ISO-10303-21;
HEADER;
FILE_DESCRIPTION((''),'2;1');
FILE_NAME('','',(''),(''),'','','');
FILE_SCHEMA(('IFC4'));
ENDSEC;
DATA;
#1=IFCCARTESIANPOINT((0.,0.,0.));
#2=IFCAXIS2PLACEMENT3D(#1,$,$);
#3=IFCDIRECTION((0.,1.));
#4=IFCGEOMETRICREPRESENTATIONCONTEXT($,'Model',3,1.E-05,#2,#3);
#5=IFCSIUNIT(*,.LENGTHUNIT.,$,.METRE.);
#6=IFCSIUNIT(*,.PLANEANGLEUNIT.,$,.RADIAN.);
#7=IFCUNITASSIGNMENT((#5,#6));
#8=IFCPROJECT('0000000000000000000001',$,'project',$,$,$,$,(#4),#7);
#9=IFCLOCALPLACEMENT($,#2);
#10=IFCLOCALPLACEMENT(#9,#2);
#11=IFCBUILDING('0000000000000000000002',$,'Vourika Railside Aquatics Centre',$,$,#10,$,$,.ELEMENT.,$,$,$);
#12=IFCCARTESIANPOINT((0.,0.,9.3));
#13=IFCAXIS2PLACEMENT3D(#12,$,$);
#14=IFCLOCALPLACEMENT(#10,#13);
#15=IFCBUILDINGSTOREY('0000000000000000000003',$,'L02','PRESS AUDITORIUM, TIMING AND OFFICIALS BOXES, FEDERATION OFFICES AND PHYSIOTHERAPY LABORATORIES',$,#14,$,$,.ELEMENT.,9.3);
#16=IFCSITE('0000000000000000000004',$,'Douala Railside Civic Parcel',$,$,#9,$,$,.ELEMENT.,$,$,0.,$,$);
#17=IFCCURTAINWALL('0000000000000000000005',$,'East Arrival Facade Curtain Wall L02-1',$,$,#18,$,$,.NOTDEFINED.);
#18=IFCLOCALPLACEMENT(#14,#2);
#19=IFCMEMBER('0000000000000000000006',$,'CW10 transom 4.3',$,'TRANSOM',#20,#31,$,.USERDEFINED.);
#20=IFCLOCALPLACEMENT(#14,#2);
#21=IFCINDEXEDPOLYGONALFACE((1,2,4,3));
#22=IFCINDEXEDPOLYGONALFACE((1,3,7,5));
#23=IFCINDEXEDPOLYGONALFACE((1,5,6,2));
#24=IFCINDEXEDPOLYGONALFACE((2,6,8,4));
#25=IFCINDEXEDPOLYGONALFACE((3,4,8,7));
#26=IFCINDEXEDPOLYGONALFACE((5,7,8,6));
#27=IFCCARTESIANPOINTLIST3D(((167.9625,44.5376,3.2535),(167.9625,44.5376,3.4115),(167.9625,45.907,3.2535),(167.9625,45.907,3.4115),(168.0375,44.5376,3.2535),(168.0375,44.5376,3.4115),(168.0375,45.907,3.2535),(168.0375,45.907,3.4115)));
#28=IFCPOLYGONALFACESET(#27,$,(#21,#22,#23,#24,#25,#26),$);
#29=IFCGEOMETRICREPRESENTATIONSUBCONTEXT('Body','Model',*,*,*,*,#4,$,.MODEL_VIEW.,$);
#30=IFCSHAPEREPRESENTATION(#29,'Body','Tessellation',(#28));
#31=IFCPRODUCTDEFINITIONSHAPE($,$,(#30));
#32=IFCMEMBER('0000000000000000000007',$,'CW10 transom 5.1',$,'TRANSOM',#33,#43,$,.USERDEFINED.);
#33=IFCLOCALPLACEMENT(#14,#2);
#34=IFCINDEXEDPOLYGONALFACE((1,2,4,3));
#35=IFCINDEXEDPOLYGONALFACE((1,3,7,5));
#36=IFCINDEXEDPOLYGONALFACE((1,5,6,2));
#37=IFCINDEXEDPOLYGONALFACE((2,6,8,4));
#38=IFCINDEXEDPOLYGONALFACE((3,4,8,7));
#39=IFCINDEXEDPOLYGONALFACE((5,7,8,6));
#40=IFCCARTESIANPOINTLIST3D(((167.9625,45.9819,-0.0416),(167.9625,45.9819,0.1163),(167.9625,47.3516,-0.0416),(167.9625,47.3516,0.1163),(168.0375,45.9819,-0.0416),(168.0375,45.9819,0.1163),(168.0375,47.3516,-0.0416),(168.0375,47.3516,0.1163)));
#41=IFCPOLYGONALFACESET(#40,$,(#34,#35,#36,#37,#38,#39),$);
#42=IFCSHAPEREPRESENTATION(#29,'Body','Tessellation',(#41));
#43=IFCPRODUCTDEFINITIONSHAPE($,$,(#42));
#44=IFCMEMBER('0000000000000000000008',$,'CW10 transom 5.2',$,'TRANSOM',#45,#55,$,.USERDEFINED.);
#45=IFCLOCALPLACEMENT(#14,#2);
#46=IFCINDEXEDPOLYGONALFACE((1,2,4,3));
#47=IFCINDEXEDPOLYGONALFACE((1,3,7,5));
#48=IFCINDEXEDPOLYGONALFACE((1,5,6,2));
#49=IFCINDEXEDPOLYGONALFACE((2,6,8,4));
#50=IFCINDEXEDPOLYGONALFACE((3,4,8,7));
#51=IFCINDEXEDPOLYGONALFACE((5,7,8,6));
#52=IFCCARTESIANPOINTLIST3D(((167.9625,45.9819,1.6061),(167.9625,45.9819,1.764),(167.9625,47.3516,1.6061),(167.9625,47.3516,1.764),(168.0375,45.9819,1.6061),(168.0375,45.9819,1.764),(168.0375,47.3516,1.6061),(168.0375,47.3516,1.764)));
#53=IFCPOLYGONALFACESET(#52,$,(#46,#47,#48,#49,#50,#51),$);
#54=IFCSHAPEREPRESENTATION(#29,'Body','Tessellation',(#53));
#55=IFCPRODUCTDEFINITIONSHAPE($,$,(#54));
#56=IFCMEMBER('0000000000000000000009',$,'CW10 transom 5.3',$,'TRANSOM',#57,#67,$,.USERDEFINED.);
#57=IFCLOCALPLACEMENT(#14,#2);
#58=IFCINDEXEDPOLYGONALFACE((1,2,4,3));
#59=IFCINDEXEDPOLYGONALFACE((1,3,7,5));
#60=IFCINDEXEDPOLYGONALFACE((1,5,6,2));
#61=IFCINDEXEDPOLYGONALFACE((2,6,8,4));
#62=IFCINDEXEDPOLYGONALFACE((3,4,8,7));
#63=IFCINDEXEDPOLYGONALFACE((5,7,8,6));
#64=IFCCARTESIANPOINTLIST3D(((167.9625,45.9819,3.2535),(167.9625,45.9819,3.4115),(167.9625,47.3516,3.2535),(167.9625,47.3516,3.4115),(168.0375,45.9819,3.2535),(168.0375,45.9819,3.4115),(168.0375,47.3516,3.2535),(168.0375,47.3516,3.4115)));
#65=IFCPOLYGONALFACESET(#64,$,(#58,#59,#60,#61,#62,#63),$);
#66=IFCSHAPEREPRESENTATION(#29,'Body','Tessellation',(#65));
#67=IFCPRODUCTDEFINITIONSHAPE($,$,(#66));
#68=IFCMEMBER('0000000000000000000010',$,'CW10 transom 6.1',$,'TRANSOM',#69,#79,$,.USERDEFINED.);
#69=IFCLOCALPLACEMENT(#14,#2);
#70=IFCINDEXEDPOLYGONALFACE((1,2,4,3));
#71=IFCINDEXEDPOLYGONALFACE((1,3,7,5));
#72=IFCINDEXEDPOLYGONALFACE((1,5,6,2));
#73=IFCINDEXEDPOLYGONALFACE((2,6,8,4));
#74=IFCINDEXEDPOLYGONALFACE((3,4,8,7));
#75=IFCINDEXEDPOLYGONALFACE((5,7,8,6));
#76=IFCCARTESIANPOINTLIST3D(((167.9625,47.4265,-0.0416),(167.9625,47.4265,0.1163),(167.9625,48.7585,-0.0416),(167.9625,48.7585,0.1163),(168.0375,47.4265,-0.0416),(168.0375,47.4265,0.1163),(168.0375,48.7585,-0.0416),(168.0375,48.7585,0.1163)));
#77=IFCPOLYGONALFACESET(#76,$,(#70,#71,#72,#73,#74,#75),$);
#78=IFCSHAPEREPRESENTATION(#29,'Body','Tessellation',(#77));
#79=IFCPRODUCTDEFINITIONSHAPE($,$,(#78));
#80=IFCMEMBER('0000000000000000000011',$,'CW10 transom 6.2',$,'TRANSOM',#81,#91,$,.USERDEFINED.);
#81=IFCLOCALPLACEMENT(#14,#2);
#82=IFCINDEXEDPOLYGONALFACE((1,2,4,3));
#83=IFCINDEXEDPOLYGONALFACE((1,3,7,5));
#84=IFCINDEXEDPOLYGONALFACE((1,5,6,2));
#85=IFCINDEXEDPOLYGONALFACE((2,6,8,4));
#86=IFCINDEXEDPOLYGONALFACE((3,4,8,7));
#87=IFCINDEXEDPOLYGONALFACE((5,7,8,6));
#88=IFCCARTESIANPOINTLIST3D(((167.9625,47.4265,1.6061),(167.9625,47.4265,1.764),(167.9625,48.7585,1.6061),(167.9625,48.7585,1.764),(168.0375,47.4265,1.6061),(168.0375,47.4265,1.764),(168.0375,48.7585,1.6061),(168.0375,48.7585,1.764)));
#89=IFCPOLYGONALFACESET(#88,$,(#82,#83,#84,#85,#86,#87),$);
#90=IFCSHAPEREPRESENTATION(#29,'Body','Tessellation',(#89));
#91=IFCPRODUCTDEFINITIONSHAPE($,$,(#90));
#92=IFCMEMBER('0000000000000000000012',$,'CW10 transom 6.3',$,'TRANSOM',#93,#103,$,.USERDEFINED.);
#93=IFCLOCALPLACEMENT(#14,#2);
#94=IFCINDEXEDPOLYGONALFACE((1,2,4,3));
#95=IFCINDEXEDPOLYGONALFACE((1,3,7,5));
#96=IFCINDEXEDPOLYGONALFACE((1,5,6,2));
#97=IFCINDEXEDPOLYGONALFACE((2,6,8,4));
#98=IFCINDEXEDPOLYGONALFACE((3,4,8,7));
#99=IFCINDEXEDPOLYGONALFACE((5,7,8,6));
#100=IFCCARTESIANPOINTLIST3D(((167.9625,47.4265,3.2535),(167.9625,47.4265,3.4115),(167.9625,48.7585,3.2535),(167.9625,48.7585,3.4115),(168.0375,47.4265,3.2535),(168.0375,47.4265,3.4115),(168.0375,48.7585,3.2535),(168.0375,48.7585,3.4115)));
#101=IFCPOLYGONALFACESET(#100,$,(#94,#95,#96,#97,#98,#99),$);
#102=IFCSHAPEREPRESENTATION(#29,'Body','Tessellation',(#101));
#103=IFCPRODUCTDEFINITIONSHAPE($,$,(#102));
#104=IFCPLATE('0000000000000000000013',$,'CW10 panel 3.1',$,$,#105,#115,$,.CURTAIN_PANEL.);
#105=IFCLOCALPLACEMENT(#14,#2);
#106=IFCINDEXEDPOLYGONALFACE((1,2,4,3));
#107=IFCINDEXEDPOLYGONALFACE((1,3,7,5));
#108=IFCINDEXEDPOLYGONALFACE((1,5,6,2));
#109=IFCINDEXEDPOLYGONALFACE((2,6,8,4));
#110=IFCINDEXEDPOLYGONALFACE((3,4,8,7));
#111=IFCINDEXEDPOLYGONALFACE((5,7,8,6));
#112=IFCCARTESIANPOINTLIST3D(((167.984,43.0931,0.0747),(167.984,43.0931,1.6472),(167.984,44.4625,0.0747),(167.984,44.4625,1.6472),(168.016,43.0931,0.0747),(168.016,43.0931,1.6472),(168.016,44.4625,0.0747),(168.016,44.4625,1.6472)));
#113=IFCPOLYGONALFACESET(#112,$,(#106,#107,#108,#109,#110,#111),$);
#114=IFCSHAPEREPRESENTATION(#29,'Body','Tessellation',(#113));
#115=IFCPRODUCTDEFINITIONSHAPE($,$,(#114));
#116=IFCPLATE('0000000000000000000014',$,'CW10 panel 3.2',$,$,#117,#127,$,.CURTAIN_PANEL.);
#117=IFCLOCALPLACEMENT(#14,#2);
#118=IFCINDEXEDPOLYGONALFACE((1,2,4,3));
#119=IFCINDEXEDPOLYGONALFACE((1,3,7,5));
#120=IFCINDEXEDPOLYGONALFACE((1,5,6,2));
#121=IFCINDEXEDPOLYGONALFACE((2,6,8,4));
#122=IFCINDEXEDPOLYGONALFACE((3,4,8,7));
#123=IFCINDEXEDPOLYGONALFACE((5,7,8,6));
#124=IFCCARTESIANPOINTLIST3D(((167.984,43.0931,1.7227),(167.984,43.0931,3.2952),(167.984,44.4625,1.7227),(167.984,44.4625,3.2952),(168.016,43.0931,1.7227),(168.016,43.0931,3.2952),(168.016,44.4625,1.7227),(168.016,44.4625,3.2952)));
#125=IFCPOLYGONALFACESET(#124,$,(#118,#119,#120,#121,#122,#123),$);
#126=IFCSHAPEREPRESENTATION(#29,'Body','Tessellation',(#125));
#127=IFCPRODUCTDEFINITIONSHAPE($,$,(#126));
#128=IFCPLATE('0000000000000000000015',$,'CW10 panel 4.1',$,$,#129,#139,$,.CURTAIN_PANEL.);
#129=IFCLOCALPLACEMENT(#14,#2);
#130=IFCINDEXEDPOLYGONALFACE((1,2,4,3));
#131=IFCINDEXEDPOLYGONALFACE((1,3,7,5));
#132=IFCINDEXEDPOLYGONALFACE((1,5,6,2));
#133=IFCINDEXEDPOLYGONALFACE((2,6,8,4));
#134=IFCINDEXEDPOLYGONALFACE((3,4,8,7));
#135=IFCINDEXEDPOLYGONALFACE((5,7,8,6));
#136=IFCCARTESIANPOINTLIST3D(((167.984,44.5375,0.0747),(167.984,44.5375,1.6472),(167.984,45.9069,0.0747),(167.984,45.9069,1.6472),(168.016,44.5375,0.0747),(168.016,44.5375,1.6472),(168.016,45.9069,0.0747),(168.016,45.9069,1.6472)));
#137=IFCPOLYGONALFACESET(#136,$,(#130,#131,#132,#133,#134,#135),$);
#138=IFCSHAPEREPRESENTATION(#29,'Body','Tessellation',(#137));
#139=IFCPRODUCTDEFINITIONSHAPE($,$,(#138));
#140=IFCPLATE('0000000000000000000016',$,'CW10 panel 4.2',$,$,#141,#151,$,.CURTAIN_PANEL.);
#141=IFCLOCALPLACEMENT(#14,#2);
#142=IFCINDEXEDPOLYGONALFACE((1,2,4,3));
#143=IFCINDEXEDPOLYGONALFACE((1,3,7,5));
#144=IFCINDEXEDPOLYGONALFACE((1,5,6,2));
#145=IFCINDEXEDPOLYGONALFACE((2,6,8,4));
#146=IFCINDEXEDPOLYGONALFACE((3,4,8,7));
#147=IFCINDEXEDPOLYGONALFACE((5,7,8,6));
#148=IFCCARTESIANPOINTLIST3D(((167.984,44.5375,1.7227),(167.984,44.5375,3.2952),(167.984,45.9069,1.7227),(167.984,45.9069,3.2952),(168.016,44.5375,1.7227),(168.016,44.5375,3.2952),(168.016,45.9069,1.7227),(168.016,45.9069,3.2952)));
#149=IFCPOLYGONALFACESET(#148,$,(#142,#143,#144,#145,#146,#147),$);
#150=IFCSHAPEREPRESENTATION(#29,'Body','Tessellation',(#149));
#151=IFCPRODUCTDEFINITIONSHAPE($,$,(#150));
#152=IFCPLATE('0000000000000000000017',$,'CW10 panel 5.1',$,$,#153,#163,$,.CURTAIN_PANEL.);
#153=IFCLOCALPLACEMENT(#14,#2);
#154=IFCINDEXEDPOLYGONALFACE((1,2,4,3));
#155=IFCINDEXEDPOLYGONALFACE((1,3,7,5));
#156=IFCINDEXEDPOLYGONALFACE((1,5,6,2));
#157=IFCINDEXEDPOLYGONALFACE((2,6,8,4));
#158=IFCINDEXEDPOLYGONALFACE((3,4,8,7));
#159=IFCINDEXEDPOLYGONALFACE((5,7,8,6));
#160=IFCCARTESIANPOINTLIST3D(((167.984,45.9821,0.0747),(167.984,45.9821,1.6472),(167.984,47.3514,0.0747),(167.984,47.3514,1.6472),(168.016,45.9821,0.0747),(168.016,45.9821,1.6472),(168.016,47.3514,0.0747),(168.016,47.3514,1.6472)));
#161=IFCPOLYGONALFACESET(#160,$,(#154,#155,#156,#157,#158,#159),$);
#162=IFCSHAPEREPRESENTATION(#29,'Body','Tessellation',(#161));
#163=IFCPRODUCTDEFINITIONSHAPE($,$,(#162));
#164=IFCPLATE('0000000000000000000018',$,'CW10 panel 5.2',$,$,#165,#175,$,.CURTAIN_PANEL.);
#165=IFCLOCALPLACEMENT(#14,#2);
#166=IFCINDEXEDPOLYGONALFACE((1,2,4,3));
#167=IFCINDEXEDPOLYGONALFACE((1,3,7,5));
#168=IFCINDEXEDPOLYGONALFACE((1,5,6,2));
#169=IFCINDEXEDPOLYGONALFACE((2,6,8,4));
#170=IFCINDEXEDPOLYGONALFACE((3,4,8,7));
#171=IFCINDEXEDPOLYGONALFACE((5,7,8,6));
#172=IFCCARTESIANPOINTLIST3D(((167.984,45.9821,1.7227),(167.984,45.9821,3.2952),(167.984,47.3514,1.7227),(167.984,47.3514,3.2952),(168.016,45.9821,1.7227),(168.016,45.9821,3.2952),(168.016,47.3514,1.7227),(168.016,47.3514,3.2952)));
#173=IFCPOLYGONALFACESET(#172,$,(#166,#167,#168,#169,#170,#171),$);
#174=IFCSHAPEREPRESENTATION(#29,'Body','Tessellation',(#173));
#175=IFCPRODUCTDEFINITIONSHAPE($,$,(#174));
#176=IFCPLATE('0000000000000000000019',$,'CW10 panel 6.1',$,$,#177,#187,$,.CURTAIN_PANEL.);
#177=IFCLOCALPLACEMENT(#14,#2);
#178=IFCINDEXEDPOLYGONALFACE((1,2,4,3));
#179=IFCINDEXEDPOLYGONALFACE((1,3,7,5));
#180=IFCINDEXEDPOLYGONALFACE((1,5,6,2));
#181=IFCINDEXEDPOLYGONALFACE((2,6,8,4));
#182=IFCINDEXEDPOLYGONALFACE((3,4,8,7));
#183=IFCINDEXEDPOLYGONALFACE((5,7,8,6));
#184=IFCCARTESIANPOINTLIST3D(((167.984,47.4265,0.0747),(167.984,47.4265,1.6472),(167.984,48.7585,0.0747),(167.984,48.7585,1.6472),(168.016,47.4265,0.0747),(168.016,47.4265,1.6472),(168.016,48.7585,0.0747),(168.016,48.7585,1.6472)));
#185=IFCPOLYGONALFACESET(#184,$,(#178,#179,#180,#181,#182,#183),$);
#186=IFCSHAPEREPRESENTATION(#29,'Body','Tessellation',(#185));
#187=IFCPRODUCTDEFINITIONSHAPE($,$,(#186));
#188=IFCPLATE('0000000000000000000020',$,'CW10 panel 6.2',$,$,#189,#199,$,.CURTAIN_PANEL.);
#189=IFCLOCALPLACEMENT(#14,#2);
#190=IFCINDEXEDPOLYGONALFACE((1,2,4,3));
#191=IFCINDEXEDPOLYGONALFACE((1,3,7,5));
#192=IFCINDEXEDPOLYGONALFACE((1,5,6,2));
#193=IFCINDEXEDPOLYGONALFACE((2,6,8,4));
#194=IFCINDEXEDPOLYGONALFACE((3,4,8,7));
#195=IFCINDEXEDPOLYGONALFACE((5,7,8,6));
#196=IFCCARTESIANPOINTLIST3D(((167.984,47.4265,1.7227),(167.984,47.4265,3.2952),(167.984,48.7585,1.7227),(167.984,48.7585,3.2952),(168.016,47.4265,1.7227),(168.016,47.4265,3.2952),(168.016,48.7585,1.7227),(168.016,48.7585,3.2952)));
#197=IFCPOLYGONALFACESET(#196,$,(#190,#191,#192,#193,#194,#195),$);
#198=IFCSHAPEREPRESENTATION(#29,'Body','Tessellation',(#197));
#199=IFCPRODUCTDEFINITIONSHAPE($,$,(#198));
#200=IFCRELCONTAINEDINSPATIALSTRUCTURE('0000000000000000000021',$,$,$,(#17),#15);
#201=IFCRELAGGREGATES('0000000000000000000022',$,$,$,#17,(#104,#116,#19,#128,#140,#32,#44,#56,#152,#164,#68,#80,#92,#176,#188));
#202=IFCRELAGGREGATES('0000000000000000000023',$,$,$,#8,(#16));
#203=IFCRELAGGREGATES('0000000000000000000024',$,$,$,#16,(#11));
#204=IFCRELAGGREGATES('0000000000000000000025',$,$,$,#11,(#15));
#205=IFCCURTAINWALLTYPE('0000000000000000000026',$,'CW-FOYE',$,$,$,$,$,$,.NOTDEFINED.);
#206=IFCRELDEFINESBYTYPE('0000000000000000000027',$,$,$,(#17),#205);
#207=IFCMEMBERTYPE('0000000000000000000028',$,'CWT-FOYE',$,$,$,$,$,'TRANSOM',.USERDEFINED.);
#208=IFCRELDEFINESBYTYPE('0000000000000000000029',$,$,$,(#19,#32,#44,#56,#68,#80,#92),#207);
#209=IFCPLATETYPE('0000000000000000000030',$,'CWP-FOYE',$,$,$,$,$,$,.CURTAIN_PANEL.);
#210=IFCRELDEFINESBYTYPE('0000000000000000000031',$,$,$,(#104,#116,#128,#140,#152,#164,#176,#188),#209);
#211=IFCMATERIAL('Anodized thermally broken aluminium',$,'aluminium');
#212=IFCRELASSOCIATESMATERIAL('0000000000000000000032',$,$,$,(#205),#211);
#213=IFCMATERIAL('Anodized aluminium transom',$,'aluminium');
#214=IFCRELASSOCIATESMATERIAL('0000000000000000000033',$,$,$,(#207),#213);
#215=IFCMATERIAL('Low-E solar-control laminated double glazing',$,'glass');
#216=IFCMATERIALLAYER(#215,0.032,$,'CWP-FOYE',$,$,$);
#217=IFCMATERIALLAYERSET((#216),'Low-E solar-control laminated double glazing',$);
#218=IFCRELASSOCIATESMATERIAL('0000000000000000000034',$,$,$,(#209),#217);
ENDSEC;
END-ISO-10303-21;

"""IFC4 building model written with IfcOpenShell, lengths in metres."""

from ifc_helpers import new_model, si_unit, direction, frame, origin, origin_2d, place, context, subcontext, project, spatial, rectangle, extrude, material, layer, layer_set, material_profile, profile_set, type_object, element, aggregate, save


model = new_model("IFC4")

# Units and contexts
model_context = context("Model", 3, precision=1e-05, world=origin(), true_north=direction((0.0, 1.0)))
body_context = subcontext(model_context, "Body", "Model", "MODEL_VIEW")
ifc_project = project(units=[si_unit("LENGTHUNIT", "METRE"), si_unit("PLANEANGLEUNIT", "RADIAN")], contexts=[model_context])

# Site, building, storey
site_placement = place(None, origin())
site = spatial("IfcSite", under=ifc_project, at=site_placement, Name="Douala Railside Civic Parcel", CompositionType="ELEMENT", RefElevation=0.0)
building_placement = place(site_placement, origin())
building = spatial("IfcBuilding", under=site, at=building_placement, Name="Vourika Railside Aquatics Centre", CompositionType="ELEMENT")
storey_placement = place(building_placement, frame((0.0, 0.0, 9.3)))
storey = spatial("IfcBuildingStorey", under=building, at=storey_placement, Name="L02", Description="PRESS AUDITORIUM, TIMING AND OFFICIALS BOXES, FEDERATION OFFICES AND PHYSIOTHERAPY LABORATORIES", CompositionType="ELEMENT", Elevation=9.3)

# Curtain wall, members, plates
ifc_material_1 = material(Name="Anodized thermally broken aluminium", Category="aluminium")
curtain_wall_type = type_object("IfcCurtainWallType", Name="CW-FOYE", PredefinedType="NOTDEFINED", material=ifc_material_1)
curtain_wall_placement = place(storey_placement, origin())
curtain_wall = element("IfcCurtainWall", 1, at=curtain_wall_placement, inside=storey, type_object=curtain_wall_type, Name="East Arrival Facade Curtain Wall L02-1", PredefinedType="NOTDEFINED")
ifc_material_2 = material(Name="Anodized aluminium transom", Category="aluminium")
ifc_material_profile_1 = material_profile(ifc_material_2, rectangle(XDim=0.075, YDim=0.158, at=origin_2d()), Name="ALU-T 75x158")
ifc_profile_set_1 = profile_set([ifc_material_profile_1], Name="Anodized aluminium transom")
member_type_1 = type_object("IfcMemberType", Name="CWT-FOYE", ElementType="TRANSOM", PredefinedType="USERDEFINED", material=ifc_profile_set_1)
member_1_placement = place(storey_placement, frame((168.0, 44.5376, 3.3325), z_axis=(0.0, 1.0, 0.0), x_axis=(-1.0, 0.0, 0.0)))
member_1 = element("IfcMember", 2, at=member_1_placement, type_object=member_type_1, Name="CW10 transom 4.3", ObjectType="TRANSOM", PredefinedType="USERDEFINED", context=body_context, shape_type="SweptSolid", body=[
    extrude(rectangle(XDim=0.075, YDim=0.158, at=origin_2d()), origin(), (0.0, 0.0, 1.0), 1.3694),
])
member_2_placement = place(storey_placement, frame((168.0, 45.9819, 0.0374), z_axis=(0.0, 1.0, 0.0), x_axis=(-1.0, 0.0, 0.0)))
member_2 = element("IfcMember", 3, at=member_2_placement, type_object=member_type_1, Name="CW10 transom 5.1", ObjectType="TRANSOM", PredefinedType="USERDEFINED", context=body_context, shape_type="SweptSolid", body=[
    extrude(rectangle(XDim=0.075, YDim=0.158, at=origin_2d()), origin(), (0.0, 0.0, 1.0), 1.3696),
])
member_3_placement = place(storey_placement, frame((168.0, 45.9819, 1.6851), z_axis=(0.0, 1.0, 0.0), x_axis=(-1.0, 0.0, 0.0)))
member_3 = element("IfcMember", 4, at=member_3_placement, type_object=member_type_1, Name="CW10 transom 5.2", ObjectType="TRANSOM", PredefinedType="USERDEFINED", context=body_context, shape_type="SweptSolid", body=[
    extrude(rectangle(XDim=0.075, YDim=0.158, at=origin_2d()), origin(), (0.0, 0.0, 1.0), 1.3696),
])
member_4_placement = place(storey_placement, frame((168.0, 45.9819, 3.3325), z_axis=(0.0, 1.0, 0.0), x_axis=(-1.0, 0.0, 0.0)))
member_4 = element("IfcMember", 5, at=member_4_placement, type_object=member_type_1, Name="CW10 transom 5.3", ObjectType="TRANSOM", PredefinedType="USERDEFINED", context=body_context, shape_type="SweptSolid", body=[
    extrude(rectangle(XDim=0.075, YDim=0.158, at=origin_2d()), origin(), (0.0, 0.0, 1.0), 1.3696),
])
member_5_placement = place(storey_placement, frame((168.0, 47.4265, 0.0374), z_axis=(0.0, 1.0, 0.0), x_axis=(-1.0, 0.0, 0.0)))
member_5 = element("IfcMember", 6, at=member_5_placement, type_object=member_type_1, Name="CW10 transom 6.1", ObjectType="TRANSOM", PredefinedType="USERDEFINED", context=body_context, shape_type="SweptSolid", body=[
    extrude(rectangle(XDim=0.075, YDim=0.158, at=origin_2d()), origin(), (0.0, 0.0, 1.0), 1.332),
])
member_6_placement = place(storey_placement, frame((168.0, 47.4265, 1.6851), z_axis=(0.0, 1.0, 0.0), x_axis=(-1.0, 0.0, 0.0)))
member_6 = element("IfcMember", 7, at=member_6_placement, type_object=member_type_1, Name="CW10 transom 6.2", ObjectType="TRANSOM", PredefinedType="USERDEFINED", context=body_context, shape_type="SweptSolid", body=[
    extrude(rectangle(XDim=0.075, YDim=0.158, at=origin_2d()), origin(), (0.0, 0.0, 1.0), 1.332),
])
member_7_placement = place(storey_placement, frame((168.0, 47.4265, 3.3325), z_axis=(0.0, 1.0, 0.0), x_axis=(-1.0, 0.0, 0.0)))
member_7 = element("IfcMember", 8, at=member_7_placement, type_object=member_type_1, Name="CW10 transom 6.3", ObjectType="TRANSOM", PredefinedType="USERDEFINED", context=body_context, shape_type="SweptSolid", body=[
    extrude(rectangle(XDim=0.075, YDim=0.158, at=origin_2d()), origin(), (0.0, 0.0, 1.0), 1.332),
])
ifc_material_3 = material(Name="Low-E solar-control laminated double glazing", Category="glass")
ifc_layer_1 = layer(ifc_material_3, 0.032, Name="CWP-FOYE")
ifc_layer_set_1 = layer_set([ifc_layer_1], Name="Low-E solar-control laminated double glazing")
plate_type_1 = type_object("IfcPlateType", Name="CWP-FOYE", PredefinedType="CURTAIN_PANEL", material=ifc_layer_set_1)
plate_1_placement = place(storey_placement, frame((168.0, 43.7778, 0.0747), z_axis=(0.0, 0.0, 1.0), x_axis=(0.0, 1.0, 0.0)))
plate_1 = element("IfcPlate", 9, at=plate_1_placement, type_object=plate_type_1, Name="CW10 panel 3.1", PredefinedType="CURTAIN_PANEL", context=body_context, shape_type="SweptSolid", body=[
    extrude(rectangle(XDim=1.3694, YDim=0.032, at=origin_2d()), origin(), (0.0, 0.0, 1.0), 1.5725),
])
plate_2_placement = place(storey_placement, frame((168.0, 43.7778, 1.7227), z_axis=(0.0, 0.0, 1.0), x_axis=(0.0, 1.0, 0.0)))
plate_2 = element("IfcPlate", 10, at=plate_2_placement, type_object=plate_type_1, Name="CW10 panel 3.2", PredefinedType="CURTAIN_PANEL", context=body_context, shape_type="SweptSolid", body=[
    extrude(rectangle(XDim=1.3694, YDim=0.032, at=origin_2d()), origin(), (0.0, 0.0, 1.0), 1.5725),
])
plate_3_placement = place(storey_placement, frame((168.0, 45.2222, 0.0747), z_axis=(0.0, 0.0, 1.0), x_axis=(0.0, 1.0, 0.0)))
plate_3 = element("IfcPlate", 11, at=plate_3_placement, type_object=plate_type_1, Name="CW10 panel 4.1", PredefinedType="CURTAIN_PANEL", context=body_context, shape_type="SweptSolid", body=[
    extrude(rectangle(XDim=1.3694, YDim=0.032, at=origin_2d()), origin(), (0.0, 0.0, 1.0), 1.5725),
])
plate_4_placement = place(storey_placement, frame((168.0, 45.2222, 1.7227), z_axis=(0.0, 0.0, 1.0), x_axis=(0.0, 1.0, 0.0)))
plate_4 = element("IfcPlate", 12, at=plate_4_placement, type_object=plate_type_1, Name="CW10 panel 4.2", PredefinedType="CURTAIN_PANEL", context=body_context, shape_type="SweptSolid", body=[
    extrude(rectangle(XDim=1.3694, YDim=0.032, at=origin_2d()), origin(), (0.0, 0.0, 1.0), 1.5725),
])
plate_5_placement = place(storey_placement, frame((168.0, 46.6667, 0.0747), z_axis=(0.0, 0.0, 1.0), x_axis=(0.0, 1.0, 0.0)))
plate_5 = element("IfcPlate", 13, at=plate_5_placement, type_object=plate_type_1, Name="CW10 panel 5.1", PredefinedType="CURTAIN_PANEL", context=body_context, shape_type="SweptSolid", body=[
    extrude(rectangle(XDim=1.3694, YDim=0.032, at=origin_2d()), origin(), (0.0, 0.0, 1.0), 1.5725),
])
plate_6_placement = place(storey_placement, frame((168.0, 46.6667, 1.7227), z_axis=(0.0, 0.0, 1.0), x_axis=(0.0, 1.0, 0.0)))
plate_6 = element("IfcPlate", 14, at=plate_6_placement, type_object=plate_type_1, Name="CW10 panel 5.2", PredefinedType="CURTAIN_PANEL", context=body_context, shape_type="SweptSolid", body=[
    extrude(rectangle(XDim=1.3694, YDim=0.032, at=origin_2d()), origin(), (0.0, 0.0, 1.0), 1.5725),
])
plate_7_placement = place(storey_placement, frame((168.0, 48.0925, 0.0747), z_axis=(0.0, 0.0, 1.0), x_axis=(0.0, 1.0, 0.0)))
plate_7 = element("IfcPlate", 15, at=plate_7_placement, type_object=plate_type_1, Name="CW10 panel 6.1", PredefinedType="CURTAIN_PANEL", context=body_context, shape_type="SweptSolid", body=[
    extrude(rectangle(XDim=1.332, YDim=0.032, at=origin_2d()), origin(), (0.0, 0.0, 1.0), 1.5725),
])
plate_8_placement = place(storey_placement, frame((168.0, 48.0925, 1.7227), z_axis=(0.0, 0.0, 1.0), x_axis=(0.0, 1.0, 0.0)))
plate_8 = element("IfcPlate", 16, at=plate_8_placement, type_object=plate_type_1, Name="CW10 panel 6.2", PredefinedType="CURTAIN_PANEL", context=body_context, shape_type="SweptSolid", body=[
    extrude(rectangle(XDim=1.332, YDim=0.032, at=origin_2d()), origin(), (0.0, 0.0, 1.0), 1.5725),
])
aggregate(curtain_wall, [plate_1, plate_2, member_1, plate_3, plate_4, member_2, member_3, member_4, plate_5, plate_6, member_5, member_6, member_7, plate_7, plate_8])

save(model, "model.ifc")
